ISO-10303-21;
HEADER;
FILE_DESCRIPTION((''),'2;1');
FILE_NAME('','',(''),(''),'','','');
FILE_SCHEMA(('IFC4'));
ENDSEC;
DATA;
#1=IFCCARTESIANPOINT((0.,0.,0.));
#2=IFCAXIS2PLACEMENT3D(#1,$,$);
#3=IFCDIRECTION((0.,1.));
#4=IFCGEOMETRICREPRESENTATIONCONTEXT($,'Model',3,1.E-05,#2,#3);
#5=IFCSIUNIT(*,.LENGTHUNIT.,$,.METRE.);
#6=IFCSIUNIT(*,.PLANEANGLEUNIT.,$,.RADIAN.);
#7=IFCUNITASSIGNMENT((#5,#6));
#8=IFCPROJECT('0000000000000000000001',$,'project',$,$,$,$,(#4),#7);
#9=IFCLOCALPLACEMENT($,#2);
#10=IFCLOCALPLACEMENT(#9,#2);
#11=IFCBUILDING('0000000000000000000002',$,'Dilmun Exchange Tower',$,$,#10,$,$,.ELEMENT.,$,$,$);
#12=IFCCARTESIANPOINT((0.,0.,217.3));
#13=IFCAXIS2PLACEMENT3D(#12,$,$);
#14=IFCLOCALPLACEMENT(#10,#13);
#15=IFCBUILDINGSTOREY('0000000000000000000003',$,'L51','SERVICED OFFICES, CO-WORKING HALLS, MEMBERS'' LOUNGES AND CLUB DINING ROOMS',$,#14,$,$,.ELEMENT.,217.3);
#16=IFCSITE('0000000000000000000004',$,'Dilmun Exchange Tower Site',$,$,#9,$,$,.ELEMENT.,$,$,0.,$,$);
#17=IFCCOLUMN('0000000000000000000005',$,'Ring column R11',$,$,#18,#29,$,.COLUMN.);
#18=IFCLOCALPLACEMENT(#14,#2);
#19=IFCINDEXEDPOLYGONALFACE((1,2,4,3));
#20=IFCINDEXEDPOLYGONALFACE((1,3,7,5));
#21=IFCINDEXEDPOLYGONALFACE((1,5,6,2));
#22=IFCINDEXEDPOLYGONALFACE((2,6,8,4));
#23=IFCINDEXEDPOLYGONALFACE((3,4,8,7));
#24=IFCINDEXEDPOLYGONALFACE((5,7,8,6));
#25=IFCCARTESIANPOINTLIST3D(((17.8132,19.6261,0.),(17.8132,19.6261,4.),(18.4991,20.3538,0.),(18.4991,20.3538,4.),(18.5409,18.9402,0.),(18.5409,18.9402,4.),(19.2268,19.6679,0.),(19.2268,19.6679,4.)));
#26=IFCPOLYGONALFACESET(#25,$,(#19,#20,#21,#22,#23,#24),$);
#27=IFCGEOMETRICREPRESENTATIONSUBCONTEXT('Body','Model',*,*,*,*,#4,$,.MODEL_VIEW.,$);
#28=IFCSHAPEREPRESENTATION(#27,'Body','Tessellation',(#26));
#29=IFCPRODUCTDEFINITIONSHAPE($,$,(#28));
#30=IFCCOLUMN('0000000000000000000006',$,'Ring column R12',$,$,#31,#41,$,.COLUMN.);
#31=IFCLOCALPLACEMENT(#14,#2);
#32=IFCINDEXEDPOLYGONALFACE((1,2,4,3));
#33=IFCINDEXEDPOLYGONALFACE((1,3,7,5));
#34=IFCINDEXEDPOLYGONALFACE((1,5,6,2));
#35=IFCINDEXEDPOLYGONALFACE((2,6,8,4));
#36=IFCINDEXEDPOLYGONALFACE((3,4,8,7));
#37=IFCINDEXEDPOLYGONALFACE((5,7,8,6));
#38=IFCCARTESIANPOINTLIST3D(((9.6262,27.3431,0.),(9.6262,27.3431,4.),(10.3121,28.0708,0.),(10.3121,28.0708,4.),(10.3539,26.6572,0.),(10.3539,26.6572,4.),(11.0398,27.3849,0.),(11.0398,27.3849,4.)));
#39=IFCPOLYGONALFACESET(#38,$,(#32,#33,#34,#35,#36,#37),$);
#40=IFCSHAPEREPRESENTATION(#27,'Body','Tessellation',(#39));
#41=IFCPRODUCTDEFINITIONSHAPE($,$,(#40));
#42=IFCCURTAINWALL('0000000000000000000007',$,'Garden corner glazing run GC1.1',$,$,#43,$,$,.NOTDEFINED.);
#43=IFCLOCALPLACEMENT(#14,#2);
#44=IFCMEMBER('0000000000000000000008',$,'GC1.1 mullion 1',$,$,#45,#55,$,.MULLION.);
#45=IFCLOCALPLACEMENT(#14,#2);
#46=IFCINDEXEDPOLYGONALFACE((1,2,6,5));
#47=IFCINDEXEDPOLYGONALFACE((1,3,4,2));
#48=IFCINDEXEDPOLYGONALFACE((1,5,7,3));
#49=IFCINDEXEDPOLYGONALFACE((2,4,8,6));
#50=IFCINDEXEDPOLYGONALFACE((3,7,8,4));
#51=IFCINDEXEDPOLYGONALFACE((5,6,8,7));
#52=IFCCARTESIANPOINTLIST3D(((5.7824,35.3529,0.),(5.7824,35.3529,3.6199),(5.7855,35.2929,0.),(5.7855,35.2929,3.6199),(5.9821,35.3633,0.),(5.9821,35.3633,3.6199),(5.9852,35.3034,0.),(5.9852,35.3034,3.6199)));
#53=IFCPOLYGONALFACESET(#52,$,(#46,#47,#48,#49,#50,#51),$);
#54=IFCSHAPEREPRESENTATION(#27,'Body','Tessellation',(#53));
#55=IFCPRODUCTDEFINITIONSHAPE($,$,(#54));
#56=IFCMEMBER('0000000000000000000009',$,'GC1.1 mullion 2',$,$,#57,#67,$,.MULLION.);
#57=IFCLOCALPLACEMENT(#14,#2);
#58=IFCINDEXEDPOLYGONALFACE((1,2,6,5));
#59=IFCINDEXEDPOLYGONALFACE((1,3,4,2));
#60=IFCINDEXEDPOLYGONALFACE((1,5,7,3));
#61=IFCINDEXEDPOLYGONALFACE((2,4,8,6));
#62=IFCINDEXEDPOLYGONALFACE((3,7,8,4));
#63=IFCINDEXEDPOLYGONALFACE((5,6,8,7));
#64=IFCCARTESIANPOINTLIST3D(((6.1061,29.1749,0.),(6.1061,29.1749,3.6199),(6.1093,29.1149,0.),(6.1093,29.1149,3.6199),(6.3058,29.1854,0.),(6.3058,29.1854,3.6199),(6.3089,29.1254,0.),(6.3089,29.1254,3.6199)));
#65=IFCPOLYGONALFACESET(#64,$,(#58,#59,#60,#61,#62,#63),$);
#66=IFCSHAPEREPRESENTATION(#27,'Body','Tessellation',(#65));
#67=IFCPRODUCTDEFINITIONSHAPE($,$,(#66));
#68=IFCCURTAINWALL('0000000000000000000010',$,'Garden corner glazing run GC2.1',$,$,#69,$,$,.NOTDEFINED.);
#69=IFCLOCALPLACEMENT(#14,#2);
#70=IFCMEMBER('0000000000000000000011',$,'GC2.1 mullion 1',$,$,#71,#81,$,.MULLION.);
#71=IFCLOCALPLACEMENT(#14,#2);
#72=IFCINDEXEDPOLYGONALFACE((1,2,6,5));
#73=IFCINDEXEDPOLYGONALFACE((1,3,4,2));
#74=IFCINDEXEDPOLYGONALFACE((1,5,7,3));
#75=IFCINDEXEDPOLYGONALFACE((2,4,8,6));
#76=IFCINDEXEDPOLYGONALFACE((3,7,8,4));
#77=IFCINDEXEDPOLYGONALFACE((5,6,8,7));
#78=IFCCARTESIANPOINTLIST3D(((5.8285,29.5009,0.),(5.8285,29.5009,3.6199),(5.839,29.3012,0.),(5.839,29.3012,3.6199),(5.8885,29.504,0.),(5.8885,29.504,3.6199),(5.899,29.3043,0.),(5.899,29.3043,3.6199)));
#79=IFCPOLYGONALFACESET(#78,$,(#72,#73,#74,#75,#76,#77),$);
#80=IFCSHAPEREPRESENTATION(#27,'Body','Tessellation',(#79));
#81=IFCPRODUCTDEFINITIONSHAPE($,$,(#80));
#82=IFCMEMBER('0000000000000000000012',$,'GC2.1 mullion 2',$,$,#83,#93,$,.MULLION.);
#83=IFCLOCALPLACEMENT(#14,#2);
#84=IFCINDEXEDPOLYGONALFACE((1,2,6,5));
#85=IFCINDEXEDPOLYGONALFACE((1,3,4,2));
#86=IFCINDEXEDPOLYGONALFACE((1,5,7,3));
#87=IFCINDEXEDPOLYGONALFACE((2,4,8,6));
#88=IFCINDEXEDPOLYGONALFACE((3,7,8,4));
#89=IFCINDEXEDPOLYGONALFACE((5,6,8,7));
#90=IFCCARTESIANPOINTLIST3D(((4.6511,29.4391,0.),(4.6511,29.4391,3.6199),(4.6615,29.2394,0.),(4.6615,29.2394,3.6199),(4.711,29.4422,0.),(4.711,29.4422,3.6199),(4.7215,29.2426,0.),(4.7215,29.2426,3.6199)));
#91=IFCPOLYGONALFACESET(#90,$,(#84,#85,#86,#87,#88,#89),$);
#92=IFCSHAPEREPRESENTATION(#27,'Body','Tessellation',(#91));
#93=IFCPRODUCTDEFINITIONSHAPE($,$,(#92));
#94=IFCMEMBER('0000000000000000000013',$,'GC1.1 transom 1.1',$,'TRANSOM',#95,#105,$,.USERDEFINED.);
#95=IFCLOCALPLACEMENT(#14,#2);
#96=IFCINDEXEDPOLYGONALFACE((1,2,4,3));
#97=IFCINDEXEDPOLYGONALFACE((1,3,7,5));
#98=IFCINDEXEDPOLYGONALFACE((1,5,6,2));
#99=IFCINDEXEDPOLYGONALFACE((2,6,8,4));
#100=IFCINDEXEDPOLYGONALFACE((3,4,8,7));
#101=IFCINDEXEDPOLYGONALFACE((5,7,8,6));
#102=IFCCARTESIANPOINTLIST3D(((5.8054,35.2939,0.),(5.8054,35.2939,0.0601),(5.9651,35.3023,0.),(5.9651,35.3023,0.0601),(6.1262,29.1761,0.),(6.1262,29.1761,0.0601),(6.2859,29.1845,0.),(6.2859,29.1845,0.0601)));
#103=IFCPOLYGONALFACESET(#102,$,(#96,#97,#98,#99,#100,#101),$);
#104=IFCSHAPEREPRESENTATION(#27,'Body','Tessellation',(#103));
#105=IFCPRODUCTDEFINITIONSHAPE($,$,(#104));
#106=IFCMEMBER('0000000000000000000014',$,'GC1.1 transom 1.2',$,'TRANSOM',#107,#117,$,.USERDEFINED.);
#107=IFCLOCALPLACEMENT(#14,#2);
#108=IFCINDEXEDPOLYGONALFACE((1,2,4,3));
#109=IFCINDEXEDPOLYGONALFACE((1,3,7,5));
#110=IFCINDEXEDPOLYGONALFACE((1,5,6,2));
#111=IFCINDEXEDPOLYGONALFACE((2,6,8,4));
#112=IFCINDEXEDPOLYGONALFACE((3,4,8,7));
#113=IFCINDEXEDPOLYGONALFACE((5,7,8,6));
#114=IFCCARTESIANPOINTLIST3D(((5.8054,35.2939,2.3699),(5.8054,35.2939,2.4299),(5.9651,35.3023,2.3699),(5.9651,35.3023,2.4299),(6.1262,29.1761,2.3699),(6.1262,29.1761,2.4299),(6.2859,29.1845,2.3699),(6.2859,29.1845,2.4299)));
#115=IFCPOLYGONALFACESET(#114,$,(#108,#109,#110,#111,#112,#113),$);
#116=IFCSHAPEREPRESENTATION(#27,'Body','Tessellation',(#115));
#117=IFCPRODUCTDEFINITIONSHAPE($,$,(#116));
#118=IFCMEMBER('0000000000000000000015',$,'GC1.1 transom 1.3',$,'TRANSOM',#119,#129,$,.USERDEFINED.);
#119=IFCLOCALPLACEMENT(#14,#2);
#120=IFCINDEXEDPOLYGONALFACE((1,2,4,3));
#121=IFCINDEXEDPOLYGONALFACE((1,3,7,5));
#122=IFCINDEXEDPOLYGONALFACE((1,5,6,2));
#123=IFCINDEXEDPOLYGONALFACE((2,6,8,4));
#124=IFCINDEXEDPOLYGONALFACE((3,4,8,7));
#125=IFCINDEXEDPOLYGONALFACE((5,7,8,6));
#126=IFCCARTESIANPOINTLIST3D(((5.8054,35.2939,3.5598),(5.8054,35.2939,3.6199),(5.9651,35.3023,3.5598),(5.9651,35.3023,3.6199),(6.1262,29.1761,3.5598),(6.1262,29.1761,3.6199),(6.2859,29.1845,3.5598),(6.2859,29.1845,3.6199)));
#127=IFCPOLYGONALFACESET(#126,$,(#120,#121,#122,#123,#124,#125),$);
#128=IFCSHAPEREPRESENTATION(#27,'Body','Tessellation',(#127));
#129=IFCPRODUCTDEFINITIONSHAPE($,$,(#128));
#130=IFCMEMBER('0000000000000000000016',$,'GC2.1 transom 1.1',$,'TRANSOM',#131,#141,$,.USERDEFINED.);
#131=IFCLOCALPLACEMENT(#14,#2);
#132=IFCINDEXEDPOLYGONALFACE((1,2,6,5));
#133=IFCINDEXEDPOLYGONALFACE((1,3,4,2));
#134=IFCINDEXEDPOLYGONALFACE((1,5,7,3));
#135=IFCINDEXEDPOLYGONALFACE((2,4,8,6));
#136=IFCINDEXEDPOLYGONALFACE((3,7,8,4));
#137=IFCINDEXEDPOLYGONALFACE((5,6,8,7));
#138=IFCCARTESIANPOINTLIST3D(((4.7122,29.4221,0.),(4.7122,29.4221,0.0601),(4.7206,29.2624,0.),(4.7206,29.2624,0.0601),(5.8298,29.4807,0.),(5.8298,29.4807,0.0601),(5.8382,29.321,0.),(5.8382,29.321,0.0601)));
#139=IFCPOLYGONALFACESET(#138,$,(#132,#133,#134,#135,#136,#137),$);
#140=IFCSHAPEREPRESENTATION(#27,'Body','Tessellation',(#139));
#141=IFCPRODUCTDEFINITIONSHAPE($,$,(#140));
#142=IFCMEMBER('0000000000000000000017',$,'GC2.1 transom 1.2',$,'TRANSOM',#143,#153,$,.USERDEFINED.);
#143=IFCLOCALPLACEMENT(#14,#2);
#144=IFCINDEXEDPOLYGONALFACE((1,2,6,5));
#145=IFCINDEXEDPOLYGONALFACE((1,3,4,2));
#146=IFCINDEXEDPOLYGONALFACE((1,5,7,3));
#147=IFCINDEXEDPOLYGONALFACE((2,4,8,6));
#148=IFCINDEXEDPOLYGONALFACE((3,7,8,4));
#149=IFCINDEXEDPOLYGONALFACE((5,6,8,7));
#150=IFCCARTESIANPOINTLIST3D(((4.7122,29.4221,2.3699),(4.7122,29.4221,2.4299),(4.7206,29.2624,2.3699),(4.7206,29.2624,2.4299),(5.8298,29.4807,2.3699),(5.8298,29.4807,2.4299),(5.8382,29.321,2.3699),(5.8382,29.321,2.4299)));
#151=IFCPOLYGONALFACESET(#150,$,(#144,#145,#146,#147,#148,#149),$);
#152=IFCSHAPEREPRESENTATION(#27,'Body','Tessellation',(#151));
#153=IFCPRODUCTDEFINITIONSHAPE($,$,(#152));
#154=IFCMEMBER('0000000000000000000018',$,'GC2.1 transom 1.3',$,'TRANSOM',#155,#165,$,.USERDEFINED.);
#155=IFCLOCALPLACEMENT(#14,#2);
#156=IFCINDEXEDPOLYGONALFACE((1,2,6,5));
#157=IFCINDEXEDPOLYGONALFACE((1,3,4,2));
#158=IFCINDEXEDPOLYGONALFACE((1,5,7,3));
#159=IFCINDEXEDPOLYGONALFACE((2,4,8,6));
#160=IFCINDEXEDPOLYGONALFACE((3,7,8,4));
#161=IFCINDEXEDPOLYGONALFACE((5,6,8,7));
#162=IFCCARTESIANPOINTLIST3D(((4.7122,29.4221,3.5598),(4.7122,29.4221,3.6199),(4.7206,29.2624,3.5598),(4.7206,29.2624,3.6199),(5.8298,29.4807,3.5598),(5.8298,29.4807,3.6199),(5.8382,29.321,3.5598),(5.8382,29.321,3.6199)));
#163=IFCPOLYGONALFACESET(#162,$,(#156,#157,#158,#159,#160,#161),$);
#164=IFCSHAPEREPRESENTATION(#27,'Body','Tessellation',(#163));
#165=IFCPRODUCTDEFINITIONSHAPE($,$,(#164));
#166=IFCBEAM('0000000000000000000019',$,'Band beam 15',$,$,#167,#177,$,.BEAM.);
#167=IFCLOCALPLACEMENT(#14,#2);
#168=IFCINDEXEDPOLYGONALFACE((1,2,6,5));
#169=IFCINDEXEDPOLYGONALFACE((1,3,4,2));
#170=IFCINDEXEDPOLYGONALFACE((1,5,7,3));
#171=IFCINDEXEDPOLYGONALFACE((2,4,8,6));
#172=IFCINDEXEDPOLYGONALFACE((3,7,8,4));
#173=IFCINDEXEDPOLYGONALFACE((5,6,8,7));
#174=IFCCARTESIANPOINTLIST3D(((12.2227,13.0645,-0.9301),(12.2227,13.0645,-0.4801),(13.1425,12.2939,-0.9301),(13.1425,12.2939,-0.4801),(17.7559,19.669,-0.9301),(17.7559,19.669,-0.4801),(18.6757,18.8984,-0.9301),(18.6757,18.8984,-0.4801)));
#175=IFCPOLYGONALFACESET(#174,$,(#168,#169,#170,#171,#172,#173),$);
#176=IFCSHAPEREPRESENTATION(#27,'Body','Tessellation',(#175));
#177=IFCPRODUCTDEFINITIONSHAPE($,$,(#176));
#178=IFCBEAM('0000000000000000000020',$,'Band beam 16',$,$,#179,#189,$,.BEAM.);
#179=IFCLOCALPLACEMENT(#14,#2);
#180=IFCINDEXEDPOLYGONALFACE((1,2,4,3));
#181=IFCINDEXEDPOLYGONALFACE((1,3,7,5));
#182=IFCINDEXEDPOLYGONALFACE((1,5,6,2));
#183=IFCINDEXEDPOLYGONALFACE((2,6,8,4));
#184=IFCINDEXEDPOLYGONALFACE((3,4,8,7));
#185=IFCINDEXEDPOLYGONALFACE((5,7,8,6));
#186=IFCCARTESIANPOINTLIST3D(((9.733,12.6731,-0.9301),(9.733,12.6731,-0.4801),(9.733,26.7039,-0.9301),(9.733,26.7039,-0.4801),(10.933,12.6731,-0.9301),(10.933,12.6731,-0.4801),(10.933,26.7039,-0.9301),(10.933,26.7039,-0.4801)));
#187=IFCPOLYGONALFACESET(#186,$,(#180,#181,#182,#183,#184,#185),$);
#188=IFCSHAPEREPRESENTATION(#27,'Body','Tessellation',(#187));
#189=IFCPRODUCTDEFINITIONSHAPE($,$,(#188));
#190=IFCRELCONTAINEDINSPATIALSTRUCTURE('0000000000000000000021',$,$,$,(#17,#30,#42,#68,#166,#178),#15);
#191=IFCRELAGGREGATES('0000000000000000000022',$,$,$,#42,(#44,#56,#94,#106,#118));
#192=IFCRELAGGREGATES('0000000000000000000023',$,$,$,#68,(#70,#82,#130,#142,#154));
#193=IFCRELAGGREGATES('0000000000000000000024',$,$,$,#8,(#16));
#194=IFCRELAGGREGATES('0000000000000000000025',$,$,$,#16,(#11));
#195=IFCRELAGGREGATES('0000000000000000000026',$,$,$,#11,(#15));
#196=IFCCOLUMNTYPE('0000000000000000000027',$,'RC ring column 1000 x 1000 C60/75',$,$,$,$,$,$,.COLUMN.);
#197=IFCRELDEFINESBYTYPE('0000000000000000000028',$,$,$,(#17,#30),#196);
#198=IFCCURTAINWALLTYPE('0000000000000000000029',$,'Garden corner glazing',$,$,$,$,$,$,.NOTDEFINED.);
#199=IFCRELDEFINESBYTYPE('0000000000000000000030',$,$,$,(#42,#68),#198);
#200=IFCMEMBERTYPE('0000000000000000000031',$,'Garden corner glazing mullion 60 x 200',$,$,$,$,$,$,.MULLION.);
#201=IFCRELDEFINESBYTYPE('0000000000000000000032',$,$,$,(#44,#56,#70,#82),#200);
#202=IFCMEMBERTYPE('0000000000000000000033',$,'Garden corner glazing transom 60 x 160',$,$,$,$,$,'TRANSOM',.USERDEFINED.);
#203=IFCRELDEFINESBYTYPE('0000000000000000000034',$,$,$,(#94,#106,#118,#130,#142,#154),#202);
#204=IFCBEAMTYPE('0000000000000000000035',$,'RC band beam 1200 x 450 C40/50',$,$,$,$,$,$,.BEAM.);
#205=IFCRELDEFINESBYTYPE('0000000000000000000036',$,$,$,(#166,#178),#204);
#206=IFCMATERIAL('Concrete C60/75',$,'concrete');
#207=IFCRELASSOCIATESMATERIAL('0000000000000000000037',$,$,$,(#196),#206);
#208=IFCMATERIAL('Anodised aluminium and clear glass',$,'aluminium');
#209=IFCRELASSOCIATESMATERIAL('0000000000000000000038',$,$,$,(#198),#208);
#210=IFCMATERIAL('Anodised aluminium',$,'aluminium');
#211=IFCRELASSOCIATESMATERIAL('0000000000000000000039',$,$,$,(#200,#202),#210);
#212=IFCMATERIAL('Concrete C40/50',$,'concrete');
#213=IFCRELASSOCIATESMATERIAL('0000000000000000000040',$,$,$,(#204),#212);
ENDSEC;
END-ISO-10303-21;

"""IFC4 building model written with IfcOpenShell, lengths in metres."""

from ifc_helpers import new_model, si_unit, direction, frame, origin, origin_2d, place, context, subcontext, project, spatial, rectangle, extrude, material, material_profile, profile_set, type_object, element, aggregate, save


model = new_model("IFC4")

# Units and contexts
model_context = context("Model", 3, precision=1e-05, world=origin(), true_north=direction((0.0, 1.0)))
body_context = subcontext(model_context, "Body", "Model", "MODEL_VIEW")
ifc_project = project(units=[si_unit("LENGTHUNIT", "METRE"), si_unit("PLANEANGLEUNIT", "RADIAN")], contexts=[model_context])

# Site, building, storey
site_placement = place(None, origin())
site = spatial("IfcSite", under=ifc_project, at=site_placement, Name="Dilmun Exchange Tower Site", CompositionType="ELEMENT", RefElevation=0.0)
building_placement = place(site_placement, origin())
building = spatial("IfcBuilding", under=site, at=building_placement, Name="Dilmun Exchange Tower", CompositionType="ELEMENT")
storey_placement = place(building_placement, frame((0.0, 0.0, 217.3)))
storey = spatial("IfcBuildingStorey", under=building, at=storey_placement, Name="L51", Description="SERVICED OFFICES, CO-WORKING HALLS, MEMBERS' LOUNGES AND CLUB DINING ROOMS", CompositionType="ELEMENT", Elevation=217.3)

# Columns
ifc_material_1 = material(Name="Concrete C60/75", Category="concrete")
ifc_material_profile_1 = material_profile(ifc_material_1, rectangle(XDim=1.0, YDim=1.0, at=origin_2d()), Name="1000 x 1000")
ifc_profile_set_1 = profile_set([ifc_material_profile_1], Name="Concrete C60/75")
column_type = type_object("IfcColumnType", Name="RC ring column 1000 x 1000 C60/75", PredefinedType="COLUMN", material=ifc_profile_set_1)
for number, where, z_axis, x_axis, name in (
    (1, (18.52, 19.647, 0.0), (0.0, 0.0, 1.0), (0.685916, 0.727681, 0.0), "Ring column R11"),
    (2, (10.333, 27.364, 0.0), (0.0, 0.0, 1.0), (0.685916, 0.727681, 0.0), "Ring column R12"),
):
    element("IfcColumn", number, at=place(storey_placement, frame(where, z_axis=z_axis, x_axis=x_axis)), inside=storey, type_object=column_type, Name=name, PredefinedType="COLUMN", context=body_context, shape_type="SweptSolid", body=[
        extrude(rectangle(XDim=1.0, YDim=1.0, at=origin_2d()), origin(), (0.0, 0.0, 1.0), 4.0),
    ])

# Curtain walls, members
ifc_material_2 = material(Name="Anodised aluminium and clear glass", Category="aluminium")
curtain_wall_type = type_object("IfcCurtainWallType", Name="Garden corner glazing", PredefinedType="NOTDEFINED", material=ifc_material_2)
curtain_wall_1_placement = place(storey_placement, origin())
curtain_wall_1 = element("IfcCurtainWall", 3, at=curtain_wall_1_placement, inside=storey, type_object=curtain_wall_type, Name="Garden corner glazing run GC1.1", PredefinedType="NOTDEFINED")
ifc_material_3 = material(Name="Anodised aluminium", Category="aluminium")
ifc_material_profile_2 = material_profile(ifc_material_3, rectangle(XDim=0.2, YDim=0.0601, at=origin_2d()), Name="AL 60x200")
ifc_profile_set_2 = profile_set([ifc_material_profile_2], Name="Anodised aluminium")
member_type_1 = type_object("IfcMemberType", Name="Garden corner glazing mullion 60 x 200", PredefinedType="MULLION", material=ifc_profile_set_2)
member_1_placement = place(storey_placement, frame((5.8838, 35.3281, 0.0), z_axis=(0.0, 0.0, 1.0), x_axis=(0.99863, 0.052334, 0.0)))
member_1 = element("IfcMember", 4, at=member_1_placement, type_object=member_type_1, Name="GC1.1 mullion 1", PredefinedType="MULLION", context=body_context, shape_type="SweptSolid", body=[
    extrude(rectangle(XDim=0.2, YDim=0.0601, at=origin_2d()), origin(), (0.0, 0.0, 1.0), 3.6199),
])
member_2_placement = place(storey_placement, frame((6.2075, 29.1501, 0.0), z_axis=(0.0, 0.0, 1.0), x_axis=(0.99863, 0.052334, 0.0)))
member_2 = element("IfcMember", 5, at=member_2_placement, type_object=member_type_1, Name="GC1.1 mullion 2", PredefinedType="MULLION", context=body_context, shape_type="SweptSolid", body=[
    extrude(rectangle(XDim=0.2, YDim=0.0601, at=origin_2d()), origin(), (0.0, 0.0, 1.0), 3.6199),
])
curtain_wall_2_placement = place(storey_placement, origin())
curtain_wall_2 = element("IfcCurtainWall", 6, at=curtain_wall_2_placement, inside=storey, type_object=curtain_wall_type, Name="Garden corner glazing run GC2.1", PredefinedType="NOTDEFINED")
member_3_placement = place(storey_placement, frame((5.8638, 29.4026, 0.0), z_axis=(0.0, 0.0, 1.0), x_axis=(0.052377, -0.998627, 0.0)))
member_3 = element("IfcMember", 7, at=member_3_placement, type_object=member_type_1, Name="GC2.1 mullion 1", PredefinedType="MULLION", context=body_context, shape_type="SweptSolid", body=[
    extrude(rectangle(XDim=0.2, YDim=0.0601, at=origin_2d()), origin(), (0.0, 0.0, 1.0), 3.6199),
])
member_4_placement = place(storey_placement, frame((4.6863, 29.3408, 0.0), z_axis=(0.0, 0.0, 1.0), x_axis=(0.052377, -0.998627, 0.0)))
member_4 = element("IfcMember", 8, at=member_4_placement, type_object=member_type_1, Name="GC2.1 mullion 2", PredefinedType="MULLION", context=body_context, shape_type="SweptSolid", body=[
    extrude(rectangle(XDim=0.2, YDim=0.0601, at=origin_2d()), origin(), (0.0, 0.0, 1.0), 3.6199),
])

# Members
ifc_material_profile_3 = material_profile(ifc_material_3, rectangle(XDim=0.1599, YDim=0.0601, at=origin_2d()), Name="AL 60x160")
ifc_profile_set_3 = profile_set([ifc_material_profile_3], Name="Anodised aluminium")
member_type_2 = type_object("IfcMemberType", Name="Garden corner glazing transom 60 x 160", ElementType="TRANSOM", PredefinedType="USERDEFINED", material=ifc_profile_set_3)
member_5_placement = place(storey_placement, frame((5.8853, 35.2981, 0.03), z_axis=(0.052364, -0.998628, 0.0), x_axis=(0.998628, 0.052364, 0.0)))
member_5 = element("IfcMember", 9, at=member_5_placement, type_object=member_type_2, Name="GC1.1 transom 1.1", ObjectType="TRANSOM", PredefinedType="USERDEFINED", context=body_context, shape_type="SweptSolid", body=[
    extrude(rectangle(XDim=0.1599, YDim=0.0601, at=origin_2d()), origin(), (0.0, 0.0, 1.0), 6.1262),
])
member_6_placement = place(storey_placement, frame((5.8853, 35.2981, 2.3999), z_axis=(0.052364, -0.998628, 0.0), x_axis=(0.998628, 0.052364, 0.0)))
member_6 = element("IfcMember", 10, at=member_6_placement, type_object=member_type_2, Name="GC1.1 transom 1.2", ObjectType="TRANSOM", PredefinedType="USERDEFINED", context=body_context, shape_type="SweptSolid", body=[
    extrude(rectangle(XDim=0.1599, YDim=0.0601, at=origin_2d()), origin(), (0.0, 0.0, 1.0), 6.1262),
])
member_7_placement = place(storey_placement, frame((5.8853, 35.2981, 3.5898), z_axis=(0.052364, -0.998628, 0.0), x_axis=(0.998628, 0.052364, 0.0)))
member_7 = element("IfcMember", 11, at=member_7_placement, type_object=member_type_2, Name="GC1.1 transom 1.3", ObjectType="TRANSOM", PredefinedType="USERDEFINED", context=body_context, shape_type="SweptSolid", body=[
    extrude(rectangle(XDim=0.1599, YDim=0.0601, at=origin_2d()), origin(), (0.0, 0.0, 1.0), 6.1262),
])
member_8_placement = place(storey_placement, frame((5.834, 29.4009, 0.03), z_axis=(-0.998629, -0.052353, 0.0), x_axis=(0.052353, -0.998629, 0.0)))
member_8 = element("IfcMember", 12, at=member_8_placement, type_object=member_type_2, Name="GC2.1 transom 1.1", ObjectType="TRANSOM", PredefinedType="USERDEFINED", context=body_context, shape_type="SweptSolid", body=[
    extrude(rectangle(XDim=0.1599, YDim=0.0601, at=origin_2d()), origin(), (0.0, 0.0, 1.0), 1.1191),
])
member_9_placement = place(storey_placement, frame((5.834, 29.4009, 2.3999), z_axis=(-0.998629, -0.052353, 0.0), x_axis=(0.052353, -0.998629, 0.0)))
member_9 = element("IfcMember", 13, at=member_9_placement, type_object=member_type_2, Name="GC2.1 transom 1.2", ObjectType="TRANSOM", PredefinedType="USERDEFINED", context=body_context, shape_type="SweptSolid", body=[
    extrude(rectangle(XDim=0.1599, YDim=0.0601, at=origin_2d()), origin(), (0.0, 0.0, 1.0), 1.1191),
])
member_10_placement = place(storey_placement, frame((5.834, 29.4009, 3.5898), z_axis=(-0.998629, -0.052353, 0.0), x_axis=(0.052353, -0.998629, 0.0)))
member_10 = element("IfcMember", 14, at=member_10_placement, type_object=member_type_2, Name="GC2.1 transom 1.3", ObjectType="TRANSOM", PredefinedType="USERDEFINED", context=body_context, shape_type="SweptSolid", body=[
    extrude(rectangle(XDim=0.1599, YDim=0.0601, at=origin_2d()), origin(), (0.0, 0.0, 1.0), 1.1191),
])

# Beams
ifc_material_4 = material(Name="Concrete C40/50", Category="concrete")
ifc_material_profile_4 = material_profile(ifc_material_4, rectangle(XDim=1.2, YDim=0.45, at=origin_2d()), Name="1200 x 450")
ifc_profile_set_4 = profile_set([ifc_material_profile_4], Name="Concrete C40/50")
beam_type_1 = type_object("IfcBeamType", Name="RC band beam 1200 x 450 C40/50", PredefinedType="BEAM", material=ifc_profile_set_4)
beam_1_placement = place(storey_placement, frame((18.2158, 19.2837, -0.7051), z_axis=(-0.6422, -0.766537, 0.0), x_axis=(0.766537, -0.6422, 0.0)))
element("IfcBeam", 15, at=beam_1_placement, inside=storey, type_object=beam_type_1, Name="Band beam 15", PredefinedType="BEAM", context=body_context, shape_type="SweptSolid", body=[
    extrude(rectangle(XDim=1.2, YDim=0.45, at=origin_2d()), origin(), (0.0, 0.0, 1.0), 8.616),
])
beam_2_placement = place(storey_placement, frame((10.333, 26.7039, -0.7051), z_axis=(0.0, -1.0, 0.0), x_axis=(1.0, 0.0, 0.0)))
element("IfcBeam", 16, at=beam_2_placement, inside=storey, type_object=beam_type_1, Name="Band beam 16", PredefinedType="BEAM", context=body_context, shape_type="SweptSolid", body=[
    extrude(rectangle(XDim=1.2, YDim=0.45, at=origin_2d()), origin(), (0.0, 0.0, 1.0), 14.0308),
])

aggregate(curtain_wall_1, [member_1, member_2, member_5, member_6, member_7])
aggregate(curtain_wall_2, [member_3, member_4, member_8, member_9, member_10])

save(model, "model.ifc")
